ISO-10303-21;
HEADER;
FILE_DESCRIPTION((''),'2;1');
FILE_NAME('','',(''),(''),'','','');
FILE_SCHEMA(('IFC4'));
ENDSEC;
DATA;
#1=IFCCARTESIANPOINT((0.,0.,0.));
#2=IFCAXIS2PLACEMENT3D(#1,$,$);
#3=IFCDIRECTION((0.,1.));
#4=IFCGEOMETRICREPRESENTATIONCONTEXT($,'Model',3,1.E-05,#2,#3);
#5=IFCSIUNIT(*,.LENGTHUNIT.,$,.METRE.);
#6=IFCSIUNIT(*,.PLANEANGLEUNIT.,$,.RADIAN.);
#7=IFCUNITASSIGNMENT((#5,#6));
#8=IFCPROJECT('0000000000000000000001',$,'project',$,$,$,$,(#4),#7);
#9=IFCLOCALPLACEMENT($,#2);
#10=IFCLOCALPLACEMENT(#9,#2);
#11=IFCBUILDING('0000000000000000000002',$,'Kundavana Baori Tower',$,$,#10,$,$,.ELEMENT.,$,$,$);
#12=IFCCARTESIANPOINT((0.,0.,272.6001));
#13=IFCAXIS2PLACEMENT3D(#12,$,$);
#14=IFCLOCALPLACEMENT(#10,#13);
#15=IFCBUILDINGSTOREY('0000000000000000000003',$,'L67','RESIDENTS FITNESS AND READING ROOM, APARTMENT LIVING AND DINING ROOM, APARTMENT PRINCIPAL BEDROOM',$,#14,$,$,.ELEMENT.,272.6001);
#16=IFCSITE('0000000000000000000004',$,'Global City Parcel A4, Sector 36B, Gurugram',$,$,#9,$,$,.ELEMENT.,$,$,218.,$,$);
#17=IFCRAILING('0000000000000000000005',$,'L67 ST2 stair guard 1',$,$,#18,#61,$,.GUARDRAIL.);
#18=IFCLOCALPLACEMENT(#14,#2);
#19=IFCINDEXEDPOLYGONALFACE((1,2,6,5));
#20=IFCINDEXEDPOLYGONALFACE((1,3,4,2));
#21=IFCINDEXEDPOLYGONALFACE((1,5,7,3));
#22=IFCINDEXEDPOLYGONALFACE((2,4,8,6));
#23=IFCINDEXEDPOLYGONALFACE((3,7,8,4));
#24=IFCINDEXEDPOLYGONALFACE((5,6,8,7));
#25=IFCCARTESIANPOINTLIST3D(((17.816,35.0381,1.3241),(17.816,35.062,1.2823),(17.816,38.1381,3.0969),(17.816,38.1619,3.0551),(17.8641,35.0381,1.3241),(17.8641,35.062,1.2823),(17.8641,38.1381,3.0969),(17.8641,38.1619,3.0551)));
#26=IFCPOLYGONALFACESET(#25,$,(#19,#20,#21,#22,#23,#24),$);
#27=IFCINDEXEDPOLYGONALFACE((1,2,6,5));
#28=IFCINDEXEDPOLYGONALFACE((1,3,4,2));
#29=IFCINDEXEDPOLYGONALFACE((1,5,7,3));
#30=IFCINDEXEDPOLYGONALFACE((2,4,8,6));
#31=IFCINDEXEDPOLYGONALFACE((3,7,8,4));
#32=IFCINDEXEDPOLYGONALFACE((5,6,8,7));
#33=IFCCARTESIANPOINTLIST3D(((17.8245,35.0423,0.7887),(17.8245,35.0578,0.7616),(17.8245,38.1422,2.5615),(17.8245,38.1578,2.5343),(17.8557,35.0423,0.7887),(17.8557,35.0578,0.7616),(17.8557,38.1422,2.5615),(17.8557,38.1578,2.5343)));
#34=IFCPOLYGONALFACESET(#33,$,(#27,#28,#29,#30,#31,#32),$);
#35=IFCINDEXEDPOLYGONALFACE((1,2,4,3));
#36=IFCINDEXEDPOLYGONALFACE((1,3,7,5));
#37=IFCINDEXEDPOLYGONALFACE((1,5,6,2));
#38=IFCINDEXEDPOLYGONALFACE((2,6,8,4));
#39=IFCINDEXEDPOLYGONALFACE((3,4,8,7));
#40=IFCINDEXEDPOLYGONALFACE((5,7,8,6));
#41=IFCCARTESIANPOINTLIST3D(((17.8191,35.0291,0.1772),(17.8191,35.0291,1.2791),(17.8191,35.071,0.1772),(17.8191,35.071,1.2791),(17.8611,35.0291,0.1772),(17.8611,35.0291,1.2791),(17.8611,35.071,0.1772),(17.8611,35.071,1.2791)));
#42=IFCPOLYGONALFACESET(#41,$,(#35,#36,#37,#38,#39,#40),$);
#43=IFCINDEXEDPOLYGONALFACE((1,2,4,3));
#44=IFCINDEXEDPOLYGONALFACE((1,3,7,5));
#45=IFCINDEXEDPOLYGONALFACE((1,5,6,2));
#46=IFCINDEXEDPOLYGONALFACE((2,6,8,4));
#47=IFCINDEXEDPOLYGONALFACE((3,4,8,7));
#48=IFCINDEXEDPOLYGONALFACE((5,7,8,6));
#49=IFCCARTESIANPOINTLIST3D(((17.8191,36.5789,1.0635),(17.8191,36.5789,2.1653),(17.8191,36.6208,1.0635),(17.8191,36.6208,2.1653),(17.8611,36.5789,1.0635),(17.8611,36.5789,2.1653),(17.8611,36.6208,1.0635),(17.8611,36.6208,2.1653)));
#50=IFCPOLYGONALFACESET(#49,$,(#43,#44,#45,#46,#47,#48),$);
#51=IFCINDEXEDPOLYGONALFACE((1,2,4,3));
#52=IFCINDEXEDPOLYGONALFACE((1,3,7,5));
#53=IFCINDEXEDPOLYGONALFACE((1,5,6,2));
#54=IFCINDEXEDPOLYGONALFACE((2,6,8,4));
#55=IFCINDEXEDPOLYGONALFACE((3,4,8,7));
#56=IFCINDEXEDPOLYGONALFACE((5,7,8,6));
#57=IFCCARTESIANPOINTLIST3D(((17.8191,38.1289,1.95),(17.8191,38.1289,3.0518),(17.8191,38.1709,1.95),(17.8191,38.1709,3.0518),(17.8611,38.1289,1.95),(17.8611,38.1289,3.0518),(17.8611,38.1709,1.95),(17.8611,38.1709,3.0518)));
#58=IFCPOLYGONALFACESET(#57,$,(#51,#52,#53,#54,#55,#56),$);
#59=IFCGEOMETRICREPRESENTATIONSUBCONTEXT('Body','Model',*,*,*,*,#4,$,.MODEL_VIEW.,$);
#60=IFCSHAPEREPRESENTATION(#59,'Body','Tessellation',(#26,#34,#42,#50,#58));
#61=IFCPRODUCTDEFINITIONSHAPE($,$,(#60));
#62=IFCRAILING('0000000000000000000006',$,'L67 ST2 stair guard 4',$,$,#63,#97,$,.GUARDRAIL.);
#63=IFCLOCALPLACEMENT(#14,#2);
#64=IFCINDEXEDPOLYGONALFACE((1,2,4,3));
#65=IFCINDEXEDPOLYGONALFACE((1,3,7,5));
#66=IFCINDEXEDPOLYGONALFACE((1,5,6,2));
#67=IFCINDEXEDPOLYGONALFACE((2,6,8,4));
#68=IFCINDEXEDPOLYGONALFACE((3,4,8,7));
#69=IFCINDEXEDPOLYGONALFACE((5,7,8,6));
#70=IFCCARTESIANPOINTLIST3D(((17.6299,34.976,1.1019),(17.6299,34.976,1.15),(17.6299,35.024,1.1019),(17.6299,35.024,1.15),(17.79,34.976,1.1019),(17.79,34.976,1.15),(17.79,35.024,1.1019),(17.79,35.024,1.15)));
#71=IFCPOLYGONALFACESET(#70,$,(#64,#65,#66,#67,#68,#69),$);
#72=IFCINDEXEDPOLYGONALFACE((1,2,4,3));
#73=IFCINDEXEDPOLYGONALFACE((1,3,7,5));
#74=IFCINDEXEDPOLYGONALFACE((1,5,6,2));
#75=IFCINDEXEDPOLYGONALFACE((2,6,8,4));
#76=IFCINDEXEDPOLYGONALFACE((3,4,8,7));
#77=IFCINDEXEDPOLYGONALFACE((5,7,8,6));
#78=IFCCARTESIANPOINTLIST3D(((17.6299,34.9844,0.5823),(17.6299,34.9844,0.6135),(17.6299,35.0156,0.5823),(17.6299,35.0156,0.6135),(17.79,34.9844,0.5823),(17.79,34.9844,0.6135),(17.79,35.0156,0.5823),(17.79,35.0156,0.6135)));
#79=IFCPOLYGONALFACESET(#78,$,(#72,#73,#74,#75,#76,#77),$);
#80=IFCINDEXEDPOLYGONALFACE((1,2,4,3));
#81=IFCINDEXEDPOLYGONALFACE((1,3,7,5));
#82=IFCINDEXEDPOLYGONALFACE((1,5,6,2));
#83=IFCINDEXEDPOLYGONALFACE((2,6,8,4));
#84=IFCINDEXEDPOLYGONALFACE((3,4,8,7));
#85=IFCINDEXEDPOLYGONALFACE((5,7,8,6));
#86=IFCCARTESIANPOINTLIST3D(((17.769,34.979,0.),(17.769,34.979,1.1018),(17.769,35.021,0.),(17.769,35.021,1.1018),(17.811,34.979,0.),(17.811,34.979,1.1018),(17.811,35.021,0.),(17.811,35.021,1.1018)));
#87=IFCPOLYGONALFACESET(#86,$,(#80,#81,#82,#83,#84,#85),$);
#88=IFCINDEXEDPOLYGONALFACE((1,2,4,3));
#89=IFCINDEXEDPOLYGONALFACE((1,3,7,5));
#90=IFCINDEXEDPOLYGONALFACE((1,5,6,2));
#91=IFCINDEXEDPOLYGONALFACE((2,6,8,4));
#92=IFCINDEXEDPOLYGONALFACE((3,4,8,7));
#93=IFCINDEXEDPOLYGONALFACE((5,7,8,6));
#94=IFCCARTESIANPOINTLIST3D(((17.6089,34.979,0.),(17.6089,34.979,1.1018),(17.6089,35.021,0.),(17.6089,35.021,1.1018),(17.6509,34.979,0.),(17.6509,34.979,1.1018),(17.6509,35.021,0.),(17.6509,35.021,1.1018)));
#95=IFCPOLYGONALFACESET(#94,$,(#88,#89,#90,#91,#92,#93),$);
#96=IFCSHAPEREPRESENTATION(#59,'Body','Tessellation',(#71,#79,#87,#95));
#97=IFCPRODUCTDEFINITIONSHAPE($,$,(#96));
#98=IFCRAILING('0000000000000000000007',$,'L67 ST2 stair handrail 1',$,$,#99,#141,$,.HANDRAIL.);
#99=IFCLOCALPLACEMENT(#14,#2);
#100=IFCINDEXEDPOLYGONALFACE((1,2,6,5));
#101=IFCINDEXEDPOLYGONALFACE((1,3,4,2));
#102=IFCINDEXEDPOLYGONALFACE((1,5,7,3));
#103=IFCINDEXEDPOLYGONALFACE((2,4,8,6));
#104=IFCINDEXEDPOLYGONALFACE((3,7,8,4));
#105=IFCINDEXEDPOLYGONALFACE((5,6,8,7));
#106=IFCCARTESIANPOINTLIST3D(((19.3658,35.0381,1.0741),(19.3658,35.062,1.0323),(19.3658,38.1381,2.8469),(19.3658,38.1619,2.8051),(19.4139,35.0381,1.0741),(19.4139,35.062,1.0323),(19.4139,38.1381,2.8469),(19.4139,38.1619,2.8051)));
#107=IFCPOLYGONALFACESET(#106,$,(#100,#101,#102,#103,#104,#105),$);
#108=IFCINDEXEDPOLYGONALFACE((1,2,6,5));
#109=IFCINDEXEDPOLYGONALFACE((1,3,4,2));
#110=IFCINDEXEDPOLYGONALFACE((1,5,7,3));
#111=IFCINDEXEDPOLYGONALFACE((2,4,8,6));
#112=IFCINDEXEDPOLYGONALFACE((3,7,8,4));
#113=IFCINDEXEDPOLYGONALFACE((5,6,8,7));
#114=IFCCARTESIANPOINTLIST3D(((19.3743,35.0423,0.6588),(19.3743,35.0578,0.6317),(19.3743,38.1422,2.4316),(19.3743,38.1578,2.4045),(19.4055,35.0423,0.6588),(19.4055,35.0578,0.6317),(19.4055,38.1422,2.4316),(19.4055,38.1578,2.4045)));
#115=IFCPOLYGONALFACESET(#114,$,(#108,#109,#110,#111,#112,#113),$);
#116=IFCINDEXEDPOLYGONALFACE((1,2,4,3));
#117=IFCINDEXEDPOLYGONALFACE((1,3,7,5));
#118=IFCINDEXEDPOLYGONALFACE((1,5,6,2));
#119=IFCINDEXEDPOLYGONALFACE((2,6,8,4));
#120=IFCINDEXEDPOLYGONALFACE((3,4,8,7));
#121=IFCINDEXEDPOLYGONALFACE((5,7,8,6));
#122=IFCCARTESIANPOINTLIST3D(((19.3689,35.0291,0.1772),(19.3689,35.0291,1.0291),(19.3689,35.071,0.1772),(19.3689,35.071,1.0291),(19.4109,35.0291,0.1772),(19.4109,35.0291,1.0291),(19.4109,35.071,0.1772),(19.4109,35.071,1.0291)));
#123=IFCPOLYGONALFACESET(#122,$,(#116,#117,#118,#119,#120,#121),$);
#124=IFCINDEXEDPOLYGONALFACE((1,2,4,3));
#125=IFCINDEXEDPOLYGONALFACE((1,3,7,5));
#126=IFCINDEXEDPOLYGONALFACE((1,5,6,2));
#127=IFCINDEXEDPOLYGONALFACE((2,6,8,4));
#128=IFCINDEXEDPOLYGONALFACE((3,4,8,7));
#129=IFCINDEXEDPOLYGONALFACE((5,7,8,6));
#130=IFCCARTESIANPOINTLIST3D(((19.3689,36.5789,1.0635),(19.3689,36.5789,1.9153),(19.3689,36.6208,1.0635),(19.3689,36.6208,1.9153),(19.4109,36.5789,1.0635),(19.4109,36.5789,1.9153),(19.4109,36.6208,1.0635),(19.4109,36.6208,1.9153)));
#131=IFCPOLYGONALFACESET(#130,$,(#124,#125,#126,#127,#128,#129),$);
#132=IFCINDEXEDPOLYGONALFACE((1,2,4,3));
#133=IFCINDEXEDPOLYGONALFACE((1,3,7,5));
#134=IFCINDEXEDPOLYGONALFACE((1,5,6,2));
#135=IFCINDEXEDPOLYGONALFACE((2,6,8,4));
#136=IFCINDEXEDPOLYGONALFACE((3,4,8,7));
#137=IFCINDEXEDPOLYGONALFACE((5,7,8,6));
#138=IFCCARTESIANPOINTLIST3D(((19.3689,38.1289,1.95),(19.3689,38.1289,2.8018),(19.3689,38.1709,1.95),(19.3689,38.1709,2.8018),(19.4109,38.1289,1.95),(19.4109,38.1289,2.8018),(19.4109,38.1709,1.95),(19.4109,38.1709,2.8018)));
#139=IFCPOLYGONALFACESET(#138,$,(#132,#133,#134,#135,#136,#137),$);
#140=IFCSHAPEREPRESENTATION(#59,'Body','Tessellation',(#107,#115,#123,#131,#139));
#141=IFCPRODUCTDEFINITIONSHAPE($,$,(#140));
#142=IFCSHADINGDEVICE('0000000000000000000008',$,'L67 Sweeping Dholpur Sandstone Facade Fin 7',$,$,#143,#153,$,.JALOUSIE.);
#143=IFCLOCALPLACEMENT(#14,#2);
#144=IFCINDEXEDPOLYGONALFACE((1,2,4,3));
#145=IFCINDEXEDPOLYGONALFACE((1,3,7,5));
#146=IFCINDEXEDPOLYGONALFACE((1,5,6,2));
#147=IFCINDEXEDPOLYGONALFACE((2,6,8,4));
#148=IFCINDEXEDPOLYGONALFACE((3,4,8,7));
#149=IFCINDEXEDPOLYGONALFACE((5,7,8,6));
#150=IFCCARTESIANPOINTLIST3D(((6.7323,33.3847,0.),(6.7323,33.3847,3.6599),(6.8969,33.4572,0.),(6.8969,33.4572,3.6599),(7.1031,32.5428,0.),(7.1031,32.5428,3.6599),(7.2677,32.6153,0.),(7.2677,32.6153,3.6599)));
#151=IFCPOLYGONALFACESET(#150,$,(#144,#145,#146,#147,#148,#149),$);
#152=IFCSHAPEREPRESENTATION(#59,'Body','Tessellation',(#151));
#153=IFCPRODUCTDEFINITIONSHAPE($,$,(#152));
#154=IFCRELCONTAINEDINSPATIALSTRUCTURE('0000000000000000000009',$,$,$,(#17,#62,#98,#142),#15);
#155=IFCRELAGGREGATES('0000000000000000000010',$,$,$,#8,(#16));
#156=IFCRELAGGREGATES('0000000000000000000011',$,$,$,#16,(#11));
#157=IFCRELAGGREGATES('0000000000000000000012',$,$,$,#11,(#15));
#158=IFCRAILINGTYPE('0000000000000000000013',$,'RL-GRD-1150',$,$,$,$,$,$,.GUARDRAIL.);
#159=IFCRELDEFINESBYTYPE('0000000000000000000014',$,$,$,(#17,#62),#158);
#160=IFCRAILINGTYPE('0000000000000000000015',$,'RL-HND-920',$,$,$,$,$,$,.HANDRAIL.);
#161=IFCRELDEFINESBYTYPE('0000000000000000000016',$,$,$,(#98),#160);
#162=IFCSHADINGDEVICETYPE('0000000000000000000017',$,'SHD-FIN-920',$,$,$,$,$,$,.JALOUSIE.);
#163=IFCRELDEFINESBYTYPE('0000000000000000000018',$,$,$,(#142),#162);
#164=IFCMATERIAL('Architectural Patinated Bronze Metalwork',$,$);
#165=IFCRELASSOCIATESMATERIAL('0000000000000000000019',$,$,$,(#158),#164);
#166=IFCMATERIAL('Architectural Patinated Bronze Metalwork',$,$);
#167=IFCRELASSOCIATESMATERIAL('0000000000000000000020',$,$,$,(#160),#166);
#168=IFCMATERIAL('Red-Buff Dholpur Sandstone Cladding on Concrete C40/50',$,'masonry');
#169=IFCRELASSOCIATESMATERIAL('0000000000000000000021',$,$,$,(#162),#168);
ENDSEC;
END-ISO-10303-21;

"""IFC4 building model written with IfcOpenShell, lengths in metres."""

from ifc_helpers import new_model, si_unit, direction, frame, origin, origin_2d, place, context, subcontext, project, spatial, rectangle, extrude, material, type_object, element, save


model = new_model("IFC4")

# Units and contexts
model_context = context("Model", 3, precision=1e-05, world=origin(), true_north=direction((0.0, 1.0)))
body_context = subcontext(model_context, "Body", "Model", "MODEL_VIEW")
ifc_project = project(units=[si_unit("LENGTHUNIT", "METRE"), si_unit("PLANEANGLEUNIT", "RADIAN")], contexts=[model_context])

# Site, building, storey
site_placement = place(None, origin())
site = spatial("IfcSite", under=ifc_project, at=site_placement, Name="Global City Parcel A4, Sector 36B, Gurugram", CompositionType="ELEMENT", RefElevation=218.0)
building_placement = place(site_placement, origin())
building = spatial("IfcBuilding", under=site, at=building_placement, Name="Kundavana Baori Tower", CompositionType="ELEMENT")
storey_placement = place(building_placement, frame((0.0, 0.0, 272.6001)))
storey = spatial("IfcBuildingStorey", under=building, at=storey_placement, Name="L67", Description="RESIDENTS FITNESS AND READING ROOM, APARTMENT LIVING AND DINING ROOM, APARTMENT PRINCIPAL BEDROOM", CompositionType="ELEMENT", Elevation=272.6001)

# Railings
ifc_material_1 = material(Name="Architectural Patinated Bronze Metalwork")
railing_type_1 = type_object("IfcRailingType", Name="RL-GRD-1150", PredefinedType="GUARDRAIL", material=ifc_material_1)
railing_1_placement = place(storey_placement, frame((17.8401, 35.05, 0.1772)))
element("IfcRailing", 1, at=railing_1_placement, inside=storey, type_object=railing_type_1, Name="L67 ST2 stair guard 1", PredefinedType="GUARDRAIL", context=body_context, shape_type="SweptSolid", body=[
    extrude(rectangle(XDim=0.0481, YDim=0.0481, at=origin_2d()), frame((0.0, 0.0, 1.126), z_axis=(0.0, 0.868079, 0.496426), x_axis=(-1.0, 0.0, 0.0)), (0.0, 0.0, 1.0), 3.571),
    extrude(rectangle(XDim=0.0312, YDim=0.0312, at=origin_2d()), frame((0.0, 0.0, 0.5979), z_axis=(0.0, 0.868079, 0.496426), x_axis=(-1.0, 0.0, 0.0)), (0.0, 0.0, 1.0), 3.571),
    extrude(rectangle(XDim=0.042, YDim=0.042, at=origin_2d()), origin(), (0.0, 0.0, 1.0), 1.1018),
    extrude(rectangle(XDim=0.042, YDim=0.042, at=origin_2d()), frame((0.0, 1.5498, 0.8862)), (0.0, 0.0, 1.0), 1.1018),
    extrude(rectangle(XDim=0.042, YDim=0.042, at=origin_2d()), frame((0.0, 3.0999, 1.7727)), (0.0, 0.0, 1.0), 1.1018),
])
railing_2_placement = place(storey_placement, frame((17.79, 35.0, 0.0)))
element("IfcRailing", 2, at=railing_2_placement, inside=storey, type_object=railing_type_1, Name="L67 ST2 stair guard 4", PredefinedType="GUARDRAIL", context=body_context, shape_type="SweptSolid", body=[
    extrude(rectangle(XDim=0.0481, YDim=0.0481, at=origin_2d()), frame((0.0, 0.0, 1.126), z_axis=(-1.0, 0.0, 0.0), x_axis=(0.0, -1.0, 0.0)), (0.0, 0.0, 1.0), 0.1602),
    extrude(rectangle(XDim=0.0312, YDim=0.0312, at=origin_2d()), frame((0.0, 0.0, 0.5979), z_axis=(-1.0, 0.0, 0.0), x_axis=(0.0, -1.0, 0.0)), (0.0, 0.0, 1.0), 0.1602),
    extrude(rectangle(XDim=0.042, YDim=0.042, at=origin_2d()), origin(), (0.0, 0.0, 1.0), 1.1018),
    extrude(rectangle(XDim=0.042, YDim=0.042, at=origin_2d()), frame((-0.1602, 0.0, 0.0)), (0.0, 0.0, 1.0), 1.1018),
])
ifc_material_2 = material(Name="Architectural Patinated Bronze Metalwork")
railing_type_2 = type_object("IfcRailingType", Name="RL-HND-920", PredefinedType="HANDRAIL", material=ifc_material_2)
railing_3_placement = place(storey_placement, frame((19.3899, 35.05, 0.1772)))
element("IfcRailing", 3, at=railing_3_placement, inside=storey, type_object=railing_type_2, Name="L67 ST2 stair handrail 1", PredefinedType="HANDRAIL", context=body_context, shape_type="SweptSolid", body=[
    extrude(rectangle(XDim=0.0481, YDim=0.0481, at=origin_2d()), frame((0.0, 0.0, 0.876), z_axis=(0.0, 0.868079, 0.496426), x_axis=(-1.0, 0.0, 0.0)), (0.0, 0.0, 1.0), 3.571),
    extrude(rectangle(XDim=0.0312, YDim=0.0312, at=origin_2d()), frame((0.0, 0.0, 0.468), z_axis=(0.0, 0.868079, 0.496426), x_axis=(-1.0, 0.0, 0.0)), (0.0, 0.0, 1.0), 3.571),
    extrude(rectangle(XDim=0.042, YDim=0.042, at=origin_2d()), origin(), (0.0, 0.0, 1.0), 0.8518),
    extrude(rectangle(XDim=0.042, YDim=0.042, at=origin_2d()), frame((0.0, 1.5498, 0.8862)), (0.0, 0.0, 1.0), 0.8518),
    extrude(rectangle(XDim=0.042, YDim=0.042, at=origin_2d()), frame((0.0, 3.0999, 1.7727)), (0.0, 0.0, 1.0), 0.8518),
])

# Shading device
ifc_material_3 = material(Name="Red-Buff Dholpur Sandstone Cladding on Concrete C40/50", Category="masonry")
shading_device_type = type_object("IfcShadingDeviceType", Name="SHD-FIN-920", PredefinedType="JALOUSIE", material=ifc_material_3)
shading_device_placement = place(storey_placement, frame((7.0, 33.0, 0.0), z_axis=(0.0, 0.0, 1.0), x_axis=(0.915171, 0.403066, 0.0)))
element("IfcShadingDevice", 4, at=shading_device_placement, inside=storey, type_object=shading_device_type, Name="L67 Sweeping Dholpur Sandstone Facade Fin 7", PredefinedType="JALOUSIE", context=body_context, shape_type="SweptSolid", body=[
    extrude(rectangle(XDim=0.1799, YDim=0.9199, at=origin_2d()), origin(), (0.0, 0.0, 1.0), 3.6599),
])

save(model, "model.ifc")
